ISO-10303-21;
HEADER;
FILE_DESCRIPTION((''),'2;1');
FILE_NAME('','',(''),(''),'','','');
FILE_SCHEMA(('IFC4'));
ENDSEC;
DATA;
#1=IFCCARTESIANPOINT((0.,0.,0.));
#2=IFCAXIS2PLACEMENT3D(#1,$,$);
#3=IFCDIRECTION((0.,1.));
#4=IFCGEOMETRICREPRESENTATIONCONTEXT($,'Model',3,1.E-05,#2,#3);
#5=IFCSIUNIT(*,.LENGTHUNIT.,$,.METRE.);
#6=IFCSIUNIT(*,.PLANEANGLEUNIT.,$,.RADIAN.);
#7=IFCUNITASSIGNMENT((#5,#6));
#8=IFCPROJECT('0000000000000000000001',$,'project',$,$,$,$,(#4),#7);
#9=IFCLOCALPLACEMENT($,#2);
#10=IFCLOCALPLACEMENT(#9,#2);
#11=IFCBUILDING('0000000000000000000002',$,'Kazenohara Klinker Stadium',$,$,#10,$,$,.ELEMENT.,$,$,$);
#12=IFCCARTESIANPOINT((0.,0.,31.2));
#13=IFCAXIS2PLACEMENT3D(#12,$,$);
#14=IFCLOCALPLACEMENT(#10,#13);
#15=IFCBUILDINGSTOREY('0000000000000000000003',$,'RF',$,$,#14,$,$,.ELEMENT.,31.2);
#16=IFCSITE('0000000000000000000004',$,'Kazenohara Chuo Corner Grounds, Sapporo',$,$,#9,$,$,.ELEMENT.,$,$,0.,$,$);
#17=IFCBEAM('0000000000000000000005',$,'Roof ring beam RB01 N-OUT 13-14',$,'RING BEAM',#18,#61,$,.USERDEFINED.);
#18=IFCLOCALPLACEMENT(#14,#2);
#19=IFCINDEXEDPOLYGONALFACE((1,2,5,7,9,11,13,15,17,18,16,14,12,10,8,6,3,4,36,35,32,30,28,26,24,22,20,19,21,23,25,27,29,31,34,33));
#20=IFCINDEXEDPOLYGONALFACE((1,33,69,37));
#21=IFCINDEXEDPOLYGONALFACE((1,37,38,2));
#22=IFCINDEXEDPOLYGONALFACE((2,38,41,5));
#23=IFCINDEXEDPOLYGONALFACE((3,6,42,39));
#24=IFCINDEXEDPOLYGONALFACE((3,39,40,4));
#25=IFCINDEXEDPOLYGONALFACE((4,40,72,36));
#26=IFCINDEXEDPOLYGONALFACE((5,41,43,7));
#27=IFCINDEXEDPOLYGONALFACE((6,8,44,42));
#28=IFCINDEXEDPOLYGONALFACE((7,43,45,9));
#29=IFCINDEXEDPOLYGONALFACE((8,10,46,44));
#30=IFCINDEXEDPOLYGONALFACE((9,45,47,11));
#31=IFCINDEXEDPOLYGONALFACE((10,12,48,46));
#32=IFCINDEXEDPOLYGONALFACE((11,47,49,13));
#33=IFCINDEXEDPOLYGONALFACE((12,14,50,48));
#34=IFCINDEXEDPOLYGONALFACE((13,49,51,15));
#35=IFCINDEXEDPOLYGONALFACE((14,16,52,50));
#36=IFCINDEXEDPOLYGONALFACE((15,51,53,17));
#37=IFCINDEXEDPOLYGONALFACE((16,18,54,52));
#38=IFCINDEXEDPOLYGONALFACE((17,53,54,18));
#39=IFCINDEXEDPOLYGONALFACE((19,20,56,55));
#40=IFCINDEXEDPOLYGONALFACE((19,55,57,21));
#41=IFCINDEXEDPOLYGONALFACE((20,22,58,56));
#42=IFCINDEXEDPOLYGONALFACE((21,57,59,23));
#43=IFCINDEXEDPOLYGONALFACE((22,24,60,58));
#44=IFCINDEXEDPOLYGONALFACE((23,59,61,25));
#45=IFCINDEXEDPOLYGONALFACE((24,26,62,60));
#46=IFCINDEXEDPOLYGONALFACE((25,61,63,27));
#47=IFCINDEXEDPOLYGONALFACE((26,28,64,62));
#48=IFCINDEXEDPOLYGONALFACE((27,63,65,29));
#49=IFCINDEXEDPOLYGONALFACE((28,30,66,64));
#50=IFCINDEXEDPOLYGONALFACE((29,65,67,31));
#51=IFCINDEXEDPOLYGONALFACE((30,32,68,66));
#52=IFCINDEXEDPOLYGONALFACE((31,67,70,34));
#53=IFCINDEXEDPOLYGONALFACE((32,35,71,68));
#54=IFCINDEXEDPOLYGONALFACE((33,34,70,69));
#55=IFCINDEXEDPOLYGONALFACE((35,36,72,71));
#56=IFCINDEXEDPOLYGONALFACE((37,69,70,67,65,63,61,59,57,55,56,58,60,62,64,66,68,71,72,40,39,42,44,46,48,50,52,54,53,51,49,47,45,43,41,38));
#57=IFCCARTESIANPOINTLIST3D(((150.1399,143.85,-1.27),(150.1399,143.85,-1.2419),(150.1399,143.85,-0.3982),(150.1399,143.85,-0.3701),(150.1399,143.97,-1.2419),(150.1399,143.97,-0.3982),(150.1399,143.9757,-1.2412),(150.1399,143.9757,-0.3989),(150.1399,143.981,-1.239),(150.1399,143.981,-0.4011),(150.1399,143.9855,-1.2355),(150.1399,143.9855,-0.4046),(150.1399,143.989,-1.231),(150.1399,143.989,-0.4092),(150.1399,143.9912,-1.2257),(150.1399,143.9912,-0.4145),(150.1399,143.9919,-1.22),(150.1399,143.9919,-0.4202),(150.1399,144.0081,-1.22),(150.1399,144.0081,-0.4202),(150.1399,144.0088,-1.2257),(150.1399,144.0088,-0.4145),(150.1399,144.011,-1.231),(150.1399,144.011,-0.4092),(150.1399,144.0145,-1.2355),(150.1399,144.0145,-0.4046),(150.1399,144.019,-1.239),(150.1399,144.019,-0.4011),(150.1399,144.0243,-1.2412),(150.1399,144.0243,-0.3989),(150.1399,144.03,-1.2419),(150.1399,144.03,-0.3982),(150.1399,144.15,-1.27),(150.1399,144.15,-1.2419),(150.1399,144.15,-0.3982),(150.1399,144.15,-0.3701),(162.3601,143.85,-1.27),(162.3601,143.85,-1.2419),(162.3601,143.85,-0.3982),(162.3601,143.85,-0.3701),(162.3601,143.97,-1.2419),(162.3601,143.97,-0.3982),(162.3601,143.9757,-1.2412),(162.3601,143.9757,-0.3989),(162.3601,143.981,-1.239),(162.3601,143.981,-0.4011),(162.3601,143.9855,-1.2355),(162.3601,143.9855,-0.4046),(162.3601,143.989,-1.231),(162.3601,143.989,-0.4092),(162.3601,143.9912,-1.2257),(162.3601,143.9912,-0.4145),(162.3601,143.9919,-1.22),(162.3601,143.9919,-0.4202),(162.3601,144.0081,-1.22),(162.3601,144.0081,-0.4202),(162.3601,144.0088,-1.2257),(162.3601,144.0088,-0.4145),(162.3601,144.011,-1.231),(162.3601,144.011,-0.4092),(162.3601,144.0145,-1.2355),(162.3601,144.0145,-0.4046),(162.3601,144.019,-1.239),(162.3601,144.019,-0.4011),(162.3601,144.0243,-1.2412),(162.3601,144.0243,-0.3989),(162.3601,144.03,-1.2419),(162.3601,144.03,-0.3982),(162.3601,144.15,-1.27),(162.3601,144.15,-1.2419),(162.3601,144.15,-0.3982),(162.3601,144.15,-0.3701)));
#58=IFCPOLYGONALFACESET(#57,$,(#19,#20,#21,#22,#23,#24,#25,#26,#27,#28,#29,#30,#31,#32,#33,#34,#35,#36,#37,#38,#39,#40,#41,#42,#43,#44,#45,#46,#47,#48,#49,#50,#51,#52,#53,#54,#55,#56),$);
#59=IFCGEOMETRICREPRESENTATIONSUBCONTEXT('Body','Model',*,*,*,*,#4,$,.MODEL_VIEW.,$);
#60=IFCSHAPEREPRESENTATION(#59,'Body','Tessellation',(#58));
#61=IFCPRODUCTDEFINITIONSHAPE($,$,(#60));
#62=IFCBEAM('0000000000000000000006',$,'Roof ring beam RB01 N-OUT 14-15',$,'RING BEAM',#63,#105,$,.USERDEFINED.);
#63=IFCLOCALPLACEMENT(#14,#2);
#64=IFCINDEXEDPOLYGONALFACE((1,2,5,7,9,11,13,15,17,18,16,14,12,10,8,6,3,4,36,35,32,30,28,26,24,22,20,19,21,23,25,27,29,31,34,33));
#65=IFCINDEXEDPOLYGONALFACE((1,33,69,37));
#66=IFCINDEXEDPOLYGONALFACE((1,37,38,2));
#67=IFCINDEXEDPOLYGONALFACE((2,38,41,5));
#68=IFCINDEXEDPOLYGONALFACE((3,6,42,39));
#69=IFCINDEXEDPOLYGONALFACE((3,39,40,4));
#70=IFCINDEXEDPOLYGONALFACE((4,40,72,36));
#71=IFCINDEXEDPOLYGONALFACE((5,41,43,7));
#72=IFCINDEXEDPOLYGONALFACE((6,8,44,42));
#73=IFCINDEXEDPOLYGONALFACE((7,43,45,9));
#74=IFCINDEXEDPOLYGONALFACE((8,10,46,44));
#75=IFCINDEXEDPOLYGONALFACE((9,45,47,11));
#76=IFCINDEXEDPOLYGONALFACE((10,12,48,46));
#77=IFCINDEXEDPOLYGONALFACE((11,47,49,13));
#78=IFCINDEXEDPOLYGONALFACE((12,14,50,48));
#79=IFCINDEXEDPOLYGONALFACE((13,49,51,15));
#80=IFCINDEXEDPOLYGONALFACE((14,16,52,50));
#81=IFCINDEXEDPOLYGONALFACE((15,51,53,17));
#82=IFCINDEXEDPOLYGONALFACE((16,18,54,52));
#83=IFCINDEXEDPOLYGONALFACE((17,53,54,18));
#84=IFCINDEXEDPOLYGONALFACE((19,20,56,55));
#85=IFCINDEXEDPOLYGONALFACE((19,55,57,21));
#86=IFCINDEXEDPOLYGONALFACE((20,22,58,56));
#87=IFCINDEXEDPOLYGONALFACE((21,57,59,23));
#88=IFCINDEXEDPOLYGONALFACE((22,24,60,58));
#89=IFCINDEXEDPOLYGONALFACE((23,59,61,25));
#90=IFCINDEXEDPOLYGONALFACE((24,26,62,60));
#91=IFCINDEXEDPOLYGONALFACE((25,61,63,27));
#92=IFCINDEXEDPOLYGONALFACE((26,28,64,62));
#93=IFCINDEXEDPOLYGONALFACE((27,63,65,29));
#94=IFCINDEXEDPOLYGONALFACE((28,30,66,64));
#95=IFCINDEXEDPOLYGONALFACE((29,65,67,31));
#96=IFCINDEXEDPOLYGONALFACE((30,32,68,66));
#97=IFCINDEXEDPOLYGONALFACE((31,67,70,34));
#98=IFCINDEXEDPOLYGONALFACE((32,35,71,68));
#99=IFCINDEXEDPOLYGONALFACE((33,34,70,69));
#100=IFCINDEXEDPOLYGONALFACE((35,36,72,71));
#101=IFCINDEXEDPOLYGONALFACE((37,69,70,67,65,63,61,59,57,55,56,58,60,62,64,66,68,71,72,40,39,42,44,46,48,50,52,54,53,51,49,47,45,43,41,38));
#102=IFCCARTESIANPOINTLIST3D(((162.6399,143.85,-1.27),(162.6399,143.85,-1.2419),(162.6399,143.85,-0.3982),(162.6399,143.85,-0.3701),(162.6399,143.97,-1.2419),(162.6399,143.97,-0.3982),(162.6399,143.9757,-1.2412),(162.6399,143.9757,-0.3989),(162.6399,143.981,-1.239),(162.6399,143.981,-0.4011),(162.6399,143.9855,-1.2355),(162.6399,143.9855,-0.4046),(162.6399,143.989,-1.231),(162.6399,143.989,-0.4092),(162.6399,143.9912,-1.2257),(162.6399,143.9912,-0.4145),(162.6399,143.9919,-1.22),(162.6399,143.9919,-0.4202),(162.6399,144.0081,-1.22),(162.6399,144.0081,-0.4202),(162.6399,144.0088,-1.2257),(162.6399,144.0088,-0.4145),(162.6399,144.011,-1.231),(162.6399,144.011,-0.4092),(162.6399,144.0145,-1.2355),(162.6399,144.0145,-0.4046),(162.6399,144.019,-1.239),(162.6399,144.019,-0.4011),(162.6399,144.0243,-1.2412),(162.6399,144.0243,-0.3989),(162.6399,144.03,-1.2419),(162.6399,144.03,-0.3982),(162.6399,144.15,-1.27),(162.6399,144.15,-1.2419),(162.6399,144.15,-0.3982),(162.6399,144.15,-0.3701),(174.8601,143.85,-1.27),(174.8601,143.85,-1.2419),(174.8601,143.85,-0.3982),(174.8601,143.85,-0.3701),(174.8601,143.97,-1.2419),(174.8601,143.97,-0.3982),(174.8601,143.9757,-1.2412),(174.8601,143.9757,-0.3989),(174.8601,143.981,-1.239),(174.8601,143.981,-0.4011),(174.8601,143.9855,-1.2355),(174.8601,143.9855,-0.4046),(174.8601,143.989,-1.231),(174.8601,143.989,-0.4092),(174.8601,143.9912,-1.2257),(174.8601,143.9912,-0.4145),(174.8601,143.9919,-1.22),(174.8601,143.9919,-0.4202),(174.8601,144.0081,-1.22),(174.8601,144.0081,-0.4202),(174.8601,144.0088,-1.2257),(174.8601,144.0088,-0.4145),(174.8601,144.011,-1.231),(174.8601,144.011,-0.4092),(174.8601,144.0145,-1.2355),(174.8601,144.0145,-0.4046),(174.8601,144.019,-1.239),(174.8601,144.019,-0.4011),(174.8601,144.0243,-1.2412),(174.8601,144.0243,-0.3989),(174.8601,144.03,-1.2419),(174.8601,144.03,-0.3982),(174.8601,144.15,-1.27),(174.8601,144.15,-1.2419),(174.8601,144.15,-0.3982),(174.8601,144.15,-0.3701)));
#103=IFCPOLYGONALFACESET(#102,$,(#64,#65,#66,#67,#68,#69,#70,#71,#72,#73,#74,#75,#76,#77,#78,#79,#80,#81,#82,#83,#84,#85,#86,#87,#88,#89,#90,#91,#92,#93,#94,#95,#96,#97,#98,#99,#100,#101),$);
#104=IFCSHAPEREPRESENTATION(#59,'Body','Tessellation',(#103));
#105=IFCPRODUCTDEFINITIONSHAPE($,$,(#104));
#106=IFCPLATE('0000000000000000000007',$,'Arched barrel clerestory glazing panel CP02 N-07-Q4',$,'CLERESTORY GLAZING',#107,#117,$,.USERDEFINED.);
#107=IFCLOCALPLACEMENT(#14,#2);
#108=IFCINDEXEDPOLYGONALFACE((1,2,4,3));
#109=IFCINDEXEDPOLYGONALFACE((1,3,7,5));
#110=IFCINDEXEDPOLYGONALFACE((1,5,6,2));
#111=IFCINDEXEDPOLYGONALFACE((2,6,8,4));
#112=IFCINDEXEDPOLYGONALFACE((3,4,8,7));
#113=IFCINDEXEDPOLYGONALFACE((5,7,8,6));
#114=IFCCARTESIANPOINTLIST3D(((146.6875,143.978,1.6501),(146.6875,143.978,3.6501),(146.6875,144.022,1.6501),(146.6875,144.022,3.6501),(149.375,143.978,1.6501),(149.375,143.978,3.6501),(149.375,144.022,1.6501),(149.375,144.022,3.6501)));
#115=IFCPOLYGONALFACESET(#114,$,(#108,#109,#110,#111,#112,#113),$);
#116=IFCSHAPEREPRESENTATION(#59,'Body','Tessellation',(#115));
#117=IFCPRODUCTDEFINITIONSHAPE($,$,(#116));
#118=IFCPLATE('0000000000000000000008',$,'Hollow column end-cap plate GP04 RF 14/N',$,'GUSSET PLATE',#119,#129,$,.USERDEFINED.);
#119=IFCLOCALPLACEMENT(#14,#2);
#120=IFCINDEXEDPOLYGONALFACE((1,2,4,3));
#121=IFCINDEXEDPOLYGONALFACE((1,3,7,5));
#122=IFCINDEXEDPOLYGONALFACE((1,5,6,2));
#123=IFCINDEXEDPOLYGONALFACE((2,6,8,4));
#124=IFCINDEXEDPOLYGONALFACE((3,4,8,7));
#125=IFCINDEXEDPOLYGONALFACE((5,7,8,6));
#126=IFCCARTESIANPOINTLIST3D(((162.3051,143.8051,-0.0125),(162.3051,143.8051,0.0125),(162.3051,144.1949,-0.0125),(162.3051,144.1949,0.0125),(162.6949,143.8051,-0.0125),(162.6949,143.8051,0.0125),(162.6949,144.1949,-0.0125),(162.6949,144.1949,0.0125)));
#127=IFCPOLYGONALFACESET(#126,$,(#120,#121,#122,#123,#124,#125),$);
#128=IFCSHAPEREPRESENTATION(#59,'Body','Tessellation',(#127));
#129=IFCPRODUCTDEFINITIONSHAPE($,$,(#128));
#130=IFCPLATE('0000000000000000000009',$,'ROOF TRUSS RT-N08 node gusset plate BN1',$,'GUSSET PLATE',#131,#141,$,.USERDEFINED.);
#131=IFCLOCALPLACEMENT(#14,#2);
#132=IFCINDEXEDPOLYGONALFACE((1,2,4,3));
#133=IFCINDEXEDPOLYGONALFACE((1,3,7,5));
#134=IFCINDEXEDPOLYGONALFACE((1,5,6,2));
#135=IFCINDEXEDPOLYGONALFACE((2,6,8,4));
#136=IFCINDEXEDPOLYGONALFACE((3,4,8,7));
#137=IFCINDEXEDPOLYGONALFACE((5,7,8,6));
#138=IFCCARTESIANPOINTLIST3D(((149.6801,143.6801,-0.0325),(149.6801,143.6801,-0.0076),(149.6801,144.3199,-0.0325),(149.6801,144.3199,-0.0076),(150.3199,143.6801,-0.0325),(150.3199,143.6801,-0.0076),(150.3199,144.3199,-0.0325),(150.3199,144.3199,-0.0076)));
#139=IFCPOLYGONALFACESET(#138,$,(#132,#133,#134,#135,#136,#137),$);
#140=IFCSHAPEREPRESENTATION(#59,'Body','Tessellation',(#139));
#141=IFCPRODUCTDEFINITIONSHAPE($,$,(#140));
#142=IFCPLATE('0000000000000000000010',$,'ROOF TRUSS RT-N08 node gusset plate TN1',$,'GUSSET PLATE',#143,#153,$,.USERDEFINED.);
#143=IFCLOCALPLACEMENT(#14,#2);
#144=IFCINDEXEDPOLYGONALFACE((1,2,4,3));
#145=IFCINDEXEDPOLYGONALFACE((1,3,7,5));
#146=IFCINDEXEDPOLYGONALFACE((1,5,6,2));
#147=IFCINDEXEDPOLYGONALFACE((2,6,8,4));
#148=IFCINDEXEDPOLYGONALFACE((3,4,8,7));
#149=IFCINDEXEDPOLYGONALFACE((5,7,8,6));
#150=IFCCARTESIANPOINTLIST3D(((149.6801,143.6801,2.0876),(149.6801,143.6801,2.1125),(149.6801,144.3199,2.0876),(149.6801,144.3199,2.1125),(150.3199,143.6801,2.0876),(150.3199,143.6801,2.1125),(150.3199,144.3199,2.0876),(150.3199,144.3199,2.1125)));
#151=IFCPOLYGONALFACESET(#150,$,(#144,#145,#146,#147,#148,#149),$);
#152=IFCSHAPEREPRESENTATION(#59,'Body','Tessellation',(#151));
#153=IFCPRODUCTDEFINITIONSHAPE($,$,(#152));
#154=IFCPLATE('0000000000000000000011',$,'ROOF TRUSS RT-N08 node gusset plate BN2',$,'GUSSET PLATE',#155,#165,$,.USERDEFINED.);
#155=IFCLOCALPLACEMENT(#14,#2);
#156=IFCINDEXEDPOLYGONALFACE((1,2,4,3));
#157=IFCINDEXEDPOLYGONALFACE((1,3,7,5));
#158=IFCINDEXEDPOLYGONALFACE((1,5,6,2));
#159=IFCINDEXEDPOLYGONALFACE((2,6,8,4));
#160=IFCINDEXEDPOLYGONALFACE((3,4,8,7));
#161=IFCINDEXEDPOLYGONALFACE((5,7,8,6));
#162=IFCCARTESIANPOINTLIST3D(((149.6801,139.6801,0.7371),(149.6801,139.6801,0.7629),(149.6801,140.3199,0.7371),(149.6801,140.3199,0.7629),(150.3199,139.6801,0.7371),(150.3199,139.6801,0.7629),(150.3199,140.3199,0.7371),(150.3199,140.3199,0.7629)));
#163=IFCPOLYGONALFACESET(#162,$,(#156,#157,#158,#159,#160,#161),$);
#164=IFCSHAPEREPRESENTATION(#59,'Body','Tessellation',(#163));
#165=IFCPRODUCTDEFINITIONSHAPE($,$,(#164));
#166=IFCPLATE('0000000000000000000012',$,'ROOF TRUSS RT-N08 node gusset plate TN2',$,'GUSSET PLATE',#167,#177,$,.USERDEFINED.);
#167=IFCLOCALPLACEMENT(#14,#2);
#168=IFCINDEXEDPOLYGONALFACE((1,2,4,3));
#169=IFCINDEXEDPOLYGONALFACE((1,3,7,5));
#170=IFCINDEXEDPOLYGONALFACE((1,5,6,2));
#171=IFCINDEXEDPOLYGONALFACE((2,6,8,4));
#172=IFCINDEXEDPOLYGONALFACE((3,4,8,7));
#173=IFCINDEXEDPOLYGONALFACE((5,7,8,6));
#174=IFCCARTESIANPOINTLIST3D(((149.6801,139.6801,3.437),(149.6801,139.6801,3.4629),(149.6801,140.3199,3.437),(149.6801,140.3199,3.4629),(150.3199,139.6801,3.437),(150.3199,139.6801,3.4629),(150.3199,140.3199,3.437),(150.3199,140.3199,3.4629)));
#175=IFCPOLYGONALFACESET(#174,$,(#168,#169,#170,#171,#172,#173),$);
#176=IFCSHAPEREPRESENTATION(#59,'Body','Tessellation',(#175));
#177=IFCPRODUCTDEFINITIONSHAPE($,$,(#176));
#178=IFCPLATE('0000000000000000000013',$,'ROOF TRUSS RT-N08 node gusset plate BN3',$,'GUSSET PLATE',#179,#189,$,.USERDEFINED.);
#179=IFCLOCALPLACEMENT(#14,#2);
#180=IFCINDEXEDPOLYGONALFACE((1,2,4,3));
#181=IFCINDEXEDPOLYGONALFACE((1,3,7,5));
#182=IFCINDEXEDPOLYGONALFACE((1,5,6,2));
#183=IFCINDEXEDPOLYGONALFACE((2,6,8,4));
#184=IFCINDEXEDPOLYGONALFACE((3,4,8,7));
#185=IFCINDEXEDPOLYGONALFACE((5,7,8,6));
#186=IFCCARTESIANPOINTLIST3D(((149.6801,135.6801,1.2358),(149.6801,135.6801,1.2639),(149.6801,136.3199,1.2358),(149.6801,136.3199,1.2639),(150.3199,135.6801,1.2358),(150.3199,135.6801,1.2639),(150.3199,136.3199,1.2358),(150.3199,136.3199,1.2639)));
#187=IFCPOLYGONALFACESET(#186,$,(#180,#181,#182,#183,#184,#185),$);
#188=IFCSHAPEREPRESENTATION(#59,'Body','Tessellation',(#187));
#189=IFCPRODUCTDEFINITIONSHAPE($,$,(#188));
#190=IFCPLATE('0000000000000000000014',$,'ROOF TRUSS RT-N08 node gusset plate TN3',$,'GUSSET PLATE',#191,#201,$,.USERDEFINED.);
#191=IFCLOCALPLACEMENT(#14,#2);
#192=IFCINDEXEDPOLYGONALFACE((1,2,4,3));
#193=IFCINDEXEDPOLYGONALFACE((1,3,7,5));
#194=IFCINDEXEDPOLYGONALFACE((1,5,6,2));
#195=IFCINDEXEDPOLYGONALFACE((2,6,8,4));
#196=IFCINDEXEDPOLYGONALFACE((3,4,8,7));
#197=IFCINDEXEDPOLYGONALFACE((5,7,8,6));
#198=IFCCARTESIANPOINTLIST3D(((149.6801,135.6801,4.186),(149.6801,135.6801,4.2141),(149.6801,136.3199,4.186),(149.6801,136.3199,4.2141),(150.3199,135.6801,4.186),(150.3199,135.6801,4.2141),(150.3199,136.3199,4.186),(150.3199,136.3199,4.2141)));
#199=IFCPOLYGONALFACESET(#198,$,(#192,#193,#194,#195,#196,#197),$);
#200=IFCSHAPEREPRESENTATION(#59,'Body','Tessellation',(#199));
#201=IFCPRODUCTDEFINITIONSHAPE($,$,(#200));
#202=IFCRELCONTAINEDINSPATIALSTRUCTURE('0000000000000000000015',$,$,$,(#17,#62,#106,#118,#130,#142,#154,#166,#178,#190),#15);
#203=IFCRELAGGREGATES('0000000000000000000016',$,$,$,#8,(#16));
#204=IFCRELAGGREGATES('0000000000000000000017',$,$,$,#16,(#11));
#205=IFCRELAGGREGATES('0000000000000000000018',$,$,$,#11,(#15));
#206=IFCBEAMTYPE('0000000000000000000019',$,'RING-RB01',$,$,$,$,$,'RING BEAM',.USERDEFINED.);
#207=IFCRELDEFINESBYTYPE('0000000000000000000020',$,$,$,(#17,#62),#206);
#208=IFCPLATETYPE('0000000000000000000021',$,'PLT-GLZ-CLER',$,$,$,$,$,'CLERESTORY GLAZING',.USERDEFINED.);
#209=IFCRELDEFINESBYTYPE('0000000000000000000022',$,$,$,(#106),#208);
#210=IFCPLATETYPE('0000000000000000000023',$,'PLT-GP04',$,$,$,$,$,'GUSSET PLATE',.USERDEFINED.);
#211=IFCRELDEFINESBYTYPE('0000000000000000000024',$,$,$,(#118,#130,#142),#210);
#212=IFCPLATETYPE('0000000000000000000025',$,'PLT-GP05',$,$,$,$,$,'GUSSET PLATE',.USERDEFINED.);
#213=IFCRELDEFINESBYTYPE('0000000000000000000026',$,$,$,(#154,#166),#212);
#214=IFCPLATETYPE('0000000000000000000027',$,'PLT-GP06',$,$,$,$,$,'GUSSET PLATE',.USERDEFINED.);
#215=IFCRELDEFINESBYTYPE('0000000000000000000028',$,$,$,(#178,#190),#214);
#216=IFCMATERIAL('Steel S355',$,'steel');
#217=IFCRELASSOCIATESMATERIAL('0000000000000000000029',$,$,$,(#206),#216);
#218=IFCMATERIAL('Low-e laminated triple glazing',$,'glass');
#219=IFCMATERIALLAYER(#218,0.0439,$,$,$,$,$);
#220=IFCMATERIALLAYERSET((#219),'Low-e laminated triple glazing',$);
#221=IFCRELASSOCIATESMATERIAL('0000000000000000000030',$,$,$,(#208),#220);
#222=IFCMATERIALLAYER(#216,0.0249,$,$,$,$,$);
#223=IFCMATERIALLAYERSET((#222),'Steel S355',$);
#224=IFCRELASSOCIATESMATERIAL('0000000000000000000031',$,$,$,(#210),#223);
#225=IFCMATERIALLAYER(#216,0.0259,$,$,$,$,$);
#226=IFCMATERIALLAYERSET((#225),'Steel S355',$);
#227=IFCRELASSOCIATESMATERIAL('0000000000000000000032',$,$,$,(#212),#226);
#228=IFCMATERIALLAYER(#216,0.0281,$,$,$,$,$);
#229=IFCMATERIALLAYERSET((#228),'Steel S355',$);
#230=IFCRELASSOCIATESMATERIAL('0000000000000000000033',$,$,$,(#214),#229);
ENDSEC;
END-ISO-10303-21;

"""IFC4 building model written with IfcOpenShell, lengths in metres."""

from ifc_helpers import new_model, si_unit, direction, frame, origin, origin_2d, place, context, subcontext, project, spatial, rectangle, i_section, extrude, material, layer, layer_set, material_profile, profile_set, type_object, element, save


model = new_model("IFC4")

# Units and contexts
model_context = context("Model", 3, precision=1e-05, world=origin(), true_north=direction((0.0, 1.0)))
body_context = subcontext(model_context, "Body", "Model", "MODEL_VIEW")
ifc_project = project(units=[si_unit("LENGTHUNIT", "METRE"), si_unit("PLANEANGLEUNIT", "RADIAN")], contexts=[model_context])

# Site, building, storey
site_placement = place(None, origin())
site = spatial("IfcSite", under=ifc_project, at=site_placement, Name="Kazenohara Chuo Corner Grounds, Sapporo", CompositionType="ELEMENT", RefElevation=0.0)
building_placement = place(site_placement, origin())
building = spatial("IfcBuilding", under=site, at=building_placement, Name="Kazenohara Klinker Stadium", CompositionType="ELEMENT")
storey_placement = place(building_placement, frame((0.0, 0.0, 31.2)))
storey = spatial("IfcBuildingStorey", under=building, at=storey_placement, Name="RF", CompositionType="ELEMENT", Elevation=31.2)

# Shared definitions
ifc_material_1 = material(Name="Steel S355", Category="steel")

# Beams
ifc_material_profile_1 = material_profile(ifc_material_1, i_section(OverallWidth=0.3, OverallDepth=0.8999, WebThickness=0.0161, FlangeThickness=0.0281, FilletRadius=0.022, at=origin_2d()), Name="H-900x300x16x28")
ifc_profile_set_1 = profile_set([ifc_material_profile_1], Name="Steel S355")
beam_type = type_object("IfcBeamType", Name="RING-RB01", ElementType="RING BEAM", PredefinedType="USERDEFINED", material=ifc_profile_set_1)
for number, where, z_axis, x_axis, name in (
    (1, (150.1399, 144.0, -0.8201), (1.0, 0.0, 0.0), (0.0, 1.0, 0.0), "Roof ring beam RB01 N-OUT 13-14"),
    (2, (162.6399, 144.0, -0.8201), (1.0, 0.0, 0.0), (0.0, 1.0, 0.0), "Roof ring beam RB01 N-OUT 14-15"),
):
    element("IfcBeam", number, at=place(storey_placement, frame(where, z_axis=z_axis, x_axis=x_axis)), inside=storey, type_object=beam_type, Name=name, ObjectType="RING BEAM", PredefinedType="USERDEFINED", context=body_context, shape_type="SweptSolid", body=[
        extrude(i_section(OverallWidth=0.3, OverallDepth=0.8999, WebThickness=0.0161, FlangeThickness=0.0281, FilletRadius=0.022, at=origin_2d()), origin(), (0.0, 0.0, 1.0), 12.2202),
    ])

# Plates
ifc_material_2 = material(Name="Low-e laminated triple glazing", Category="glass")
ifc_layer_1 = layer(ifc_material_2, 0.0439)
ifc_layer_set_1 = layer_set([ifc_layer_1], Name="Low-e laminated triple glazing")
plate_type_1 = type_object("IfcPlateType", Name="PLT-GLZ-CLER", ElementType="CLERESTORY GLAZING", PredefinedType="USERDEFINED", material=ifc_layer_set_1)
plate_1_placement = place(storey_placement, frame((148.0312, 144.0, 1.6501), z_axis=(0.0, 0.0, 1.0), x_axis=(1.0, 0.0, 0.0)))
element("IfcPlate", 3, at=plate_1_placement, inside=storey, type_object=plate_type_1, Name="Arched barrel clerestory glazing panel CP02 N-07-Q4", ObjectType="CLERESTORY GLAZING", PredefinedType="USERDEFINED", context=body_context, shape_type="SweptSolid", body=[
    extrude(rectangle(XDim=2.6875, YDim=0.0439, at=origin_2d()), origin(), (0.0, 0.0, 1.0), 2.0),
])
ifc_layer_2 = layer(ifc_material_1, 0.0249)
ifc_layer_set_2 = layer_set([ifc_layer_2], Name="Steel S355")
plate_type_2 = type_object("IfcPlateType", Name="PLT-GP04", ElementType="GUSSET PLATE", PredefinedType="USERDEFINED", material=ifc_layer_set_2)
plate_2_placement = place(storey_placement, frame((162.5, 144.0, -0.0125), z_axis=(0.0, 0.0, 1.0), x_axis=(1.0, 0.0, 0.0)))
element("IfcPlate", 4, at=plate_2_placement, inside=storey, type_object=plate_type_2, Name="Hollow column end-cap plate GP04 RF 14/N", ObjectType="GUSSET PLATE", PredefinedType="USERDEFINED", context=body_context, shape_type="SweptSolid", body=[
    extrude(rectangle(XDim=0.3899, YDim=0.3899, at=origin_2d()), origin(), (0.0, 0.0, 1.0), 0.0249),
])
for number, where, z_axis, x_axis, name in (
    (5, (150.0, 144.0, -0.0325), (0.0, 0.0, 1.0), (1.0, 0.0, 0.0), "ROOF TRUSS RT-N08 node gusset plate BN1"),
    (6, (150.0, 144.0, 2.0876), (0.0, 0.0, 1.0), (1.0, 0.0, 0.0), "ROOF TRUSS RT-N08 node gusset plate TN1"),
):
    element("IfcPlate", number, at=place(storey_placement, frame(where, z_axis=z_axis, x_axis=x_axis)), inside=storey, type_object=plate_type_2, Name=name, ObjectType="GUSSET PLATE", PredefinedType="USERDEFINED", context=body_context, shape_type="SweptSolid", body=[
        extrude(rectangle(XDim=0.6399, YDim=0.6399, at=origin_2d()), origin(), (0.0, 0.0, 1.0), 0.0249),
    ])
ifc_layer_3 = layer(ifc_material_1, 0.0259)
ifc_layer_set_3 = layer_set([ifc_layer_3], Name="Steel S355")
plate_type_3 = type_object("IfcPlateType", Name="PLT-GP05", ElementType="GUSSET PLATE", PredefinedType="USERDEFINED", material=ifc_layer_set_3)
for number, where, z_axis, x_axis, name in (
    (7, (150.0, 140.0, 0.7371), (0.0, 0.0, 1.0), (1.0, 0.0, 0.0), "ROOF TRUSS RT-N08 node gusset plate BN2"),
    (8, (150.0, 140.0, 3.437), (0.0, 0.0, 1.0), (1.0, 0.0, 0.0), "ROOF TRUSS RT-N08 node gusset plate TN2"),
):
    element("IfcPlate", number, at=place(storey_placement, frame(where, z_axis=z_axis, x_axis=x_axis)), inside=storey, type_object=plate_type_3, Name=name, ObjectType="GUSSET PLATE", PredefinedType="USERDEFINED", context=body_context, shape_type="SweptSolid", body=[
        extrude(rectangle(XDim=0.6399, YDim=0.6399, at=origin_2d()), origin(), (0.0, 0.0, 1.0), 0.0259),
    ])
ifc_layer_4 = layer(ifc_material_1, 0.0281)
ifc_layer_set_4 = layer_set([ifc_layer_4], Name="Steel S355")
plate_type_4 = type_object("IfcPlateType", Name="PLT-GP06", ElementType="GUSSET PLATE", PredefinedType="USERDEFINED", material=ifc_layer_set_4)
for number, where, z_axis, x_axis, name in (
    (9, (150.0, 136.0, 1.2358), (0.0, 0.0, 1.0), (1.0, 0.0, 0.0), "ROOF TRUSS RT-N08 node gusset plate BN3"),
    (10, (150.0, 136.0, 4.186), (0.0, 0.0, 1.0), (1.0, 0.0, 0.0), "ROOF TRUSS RT-N08 node gusset plate TN3"),
):
    element("IfcPlate", number, at=place(storey_placement, frame(where, z_axis=z_axis, x_axis=x_axis)), inside=storey, type_object=plate_type_4, Name=name, ObjectType="GUSSET PLATE", PredefinedType="USERDEFINED", context=body_context, shape_type="SweptSolid", body=[
        extrude(rectangle(XDim=0.6399, YDim=0.6399, at=origin_2d()), origin(), (0.0, 0.0, 1.0), 0.0281),
    ])

save(model, "model.ifc")
